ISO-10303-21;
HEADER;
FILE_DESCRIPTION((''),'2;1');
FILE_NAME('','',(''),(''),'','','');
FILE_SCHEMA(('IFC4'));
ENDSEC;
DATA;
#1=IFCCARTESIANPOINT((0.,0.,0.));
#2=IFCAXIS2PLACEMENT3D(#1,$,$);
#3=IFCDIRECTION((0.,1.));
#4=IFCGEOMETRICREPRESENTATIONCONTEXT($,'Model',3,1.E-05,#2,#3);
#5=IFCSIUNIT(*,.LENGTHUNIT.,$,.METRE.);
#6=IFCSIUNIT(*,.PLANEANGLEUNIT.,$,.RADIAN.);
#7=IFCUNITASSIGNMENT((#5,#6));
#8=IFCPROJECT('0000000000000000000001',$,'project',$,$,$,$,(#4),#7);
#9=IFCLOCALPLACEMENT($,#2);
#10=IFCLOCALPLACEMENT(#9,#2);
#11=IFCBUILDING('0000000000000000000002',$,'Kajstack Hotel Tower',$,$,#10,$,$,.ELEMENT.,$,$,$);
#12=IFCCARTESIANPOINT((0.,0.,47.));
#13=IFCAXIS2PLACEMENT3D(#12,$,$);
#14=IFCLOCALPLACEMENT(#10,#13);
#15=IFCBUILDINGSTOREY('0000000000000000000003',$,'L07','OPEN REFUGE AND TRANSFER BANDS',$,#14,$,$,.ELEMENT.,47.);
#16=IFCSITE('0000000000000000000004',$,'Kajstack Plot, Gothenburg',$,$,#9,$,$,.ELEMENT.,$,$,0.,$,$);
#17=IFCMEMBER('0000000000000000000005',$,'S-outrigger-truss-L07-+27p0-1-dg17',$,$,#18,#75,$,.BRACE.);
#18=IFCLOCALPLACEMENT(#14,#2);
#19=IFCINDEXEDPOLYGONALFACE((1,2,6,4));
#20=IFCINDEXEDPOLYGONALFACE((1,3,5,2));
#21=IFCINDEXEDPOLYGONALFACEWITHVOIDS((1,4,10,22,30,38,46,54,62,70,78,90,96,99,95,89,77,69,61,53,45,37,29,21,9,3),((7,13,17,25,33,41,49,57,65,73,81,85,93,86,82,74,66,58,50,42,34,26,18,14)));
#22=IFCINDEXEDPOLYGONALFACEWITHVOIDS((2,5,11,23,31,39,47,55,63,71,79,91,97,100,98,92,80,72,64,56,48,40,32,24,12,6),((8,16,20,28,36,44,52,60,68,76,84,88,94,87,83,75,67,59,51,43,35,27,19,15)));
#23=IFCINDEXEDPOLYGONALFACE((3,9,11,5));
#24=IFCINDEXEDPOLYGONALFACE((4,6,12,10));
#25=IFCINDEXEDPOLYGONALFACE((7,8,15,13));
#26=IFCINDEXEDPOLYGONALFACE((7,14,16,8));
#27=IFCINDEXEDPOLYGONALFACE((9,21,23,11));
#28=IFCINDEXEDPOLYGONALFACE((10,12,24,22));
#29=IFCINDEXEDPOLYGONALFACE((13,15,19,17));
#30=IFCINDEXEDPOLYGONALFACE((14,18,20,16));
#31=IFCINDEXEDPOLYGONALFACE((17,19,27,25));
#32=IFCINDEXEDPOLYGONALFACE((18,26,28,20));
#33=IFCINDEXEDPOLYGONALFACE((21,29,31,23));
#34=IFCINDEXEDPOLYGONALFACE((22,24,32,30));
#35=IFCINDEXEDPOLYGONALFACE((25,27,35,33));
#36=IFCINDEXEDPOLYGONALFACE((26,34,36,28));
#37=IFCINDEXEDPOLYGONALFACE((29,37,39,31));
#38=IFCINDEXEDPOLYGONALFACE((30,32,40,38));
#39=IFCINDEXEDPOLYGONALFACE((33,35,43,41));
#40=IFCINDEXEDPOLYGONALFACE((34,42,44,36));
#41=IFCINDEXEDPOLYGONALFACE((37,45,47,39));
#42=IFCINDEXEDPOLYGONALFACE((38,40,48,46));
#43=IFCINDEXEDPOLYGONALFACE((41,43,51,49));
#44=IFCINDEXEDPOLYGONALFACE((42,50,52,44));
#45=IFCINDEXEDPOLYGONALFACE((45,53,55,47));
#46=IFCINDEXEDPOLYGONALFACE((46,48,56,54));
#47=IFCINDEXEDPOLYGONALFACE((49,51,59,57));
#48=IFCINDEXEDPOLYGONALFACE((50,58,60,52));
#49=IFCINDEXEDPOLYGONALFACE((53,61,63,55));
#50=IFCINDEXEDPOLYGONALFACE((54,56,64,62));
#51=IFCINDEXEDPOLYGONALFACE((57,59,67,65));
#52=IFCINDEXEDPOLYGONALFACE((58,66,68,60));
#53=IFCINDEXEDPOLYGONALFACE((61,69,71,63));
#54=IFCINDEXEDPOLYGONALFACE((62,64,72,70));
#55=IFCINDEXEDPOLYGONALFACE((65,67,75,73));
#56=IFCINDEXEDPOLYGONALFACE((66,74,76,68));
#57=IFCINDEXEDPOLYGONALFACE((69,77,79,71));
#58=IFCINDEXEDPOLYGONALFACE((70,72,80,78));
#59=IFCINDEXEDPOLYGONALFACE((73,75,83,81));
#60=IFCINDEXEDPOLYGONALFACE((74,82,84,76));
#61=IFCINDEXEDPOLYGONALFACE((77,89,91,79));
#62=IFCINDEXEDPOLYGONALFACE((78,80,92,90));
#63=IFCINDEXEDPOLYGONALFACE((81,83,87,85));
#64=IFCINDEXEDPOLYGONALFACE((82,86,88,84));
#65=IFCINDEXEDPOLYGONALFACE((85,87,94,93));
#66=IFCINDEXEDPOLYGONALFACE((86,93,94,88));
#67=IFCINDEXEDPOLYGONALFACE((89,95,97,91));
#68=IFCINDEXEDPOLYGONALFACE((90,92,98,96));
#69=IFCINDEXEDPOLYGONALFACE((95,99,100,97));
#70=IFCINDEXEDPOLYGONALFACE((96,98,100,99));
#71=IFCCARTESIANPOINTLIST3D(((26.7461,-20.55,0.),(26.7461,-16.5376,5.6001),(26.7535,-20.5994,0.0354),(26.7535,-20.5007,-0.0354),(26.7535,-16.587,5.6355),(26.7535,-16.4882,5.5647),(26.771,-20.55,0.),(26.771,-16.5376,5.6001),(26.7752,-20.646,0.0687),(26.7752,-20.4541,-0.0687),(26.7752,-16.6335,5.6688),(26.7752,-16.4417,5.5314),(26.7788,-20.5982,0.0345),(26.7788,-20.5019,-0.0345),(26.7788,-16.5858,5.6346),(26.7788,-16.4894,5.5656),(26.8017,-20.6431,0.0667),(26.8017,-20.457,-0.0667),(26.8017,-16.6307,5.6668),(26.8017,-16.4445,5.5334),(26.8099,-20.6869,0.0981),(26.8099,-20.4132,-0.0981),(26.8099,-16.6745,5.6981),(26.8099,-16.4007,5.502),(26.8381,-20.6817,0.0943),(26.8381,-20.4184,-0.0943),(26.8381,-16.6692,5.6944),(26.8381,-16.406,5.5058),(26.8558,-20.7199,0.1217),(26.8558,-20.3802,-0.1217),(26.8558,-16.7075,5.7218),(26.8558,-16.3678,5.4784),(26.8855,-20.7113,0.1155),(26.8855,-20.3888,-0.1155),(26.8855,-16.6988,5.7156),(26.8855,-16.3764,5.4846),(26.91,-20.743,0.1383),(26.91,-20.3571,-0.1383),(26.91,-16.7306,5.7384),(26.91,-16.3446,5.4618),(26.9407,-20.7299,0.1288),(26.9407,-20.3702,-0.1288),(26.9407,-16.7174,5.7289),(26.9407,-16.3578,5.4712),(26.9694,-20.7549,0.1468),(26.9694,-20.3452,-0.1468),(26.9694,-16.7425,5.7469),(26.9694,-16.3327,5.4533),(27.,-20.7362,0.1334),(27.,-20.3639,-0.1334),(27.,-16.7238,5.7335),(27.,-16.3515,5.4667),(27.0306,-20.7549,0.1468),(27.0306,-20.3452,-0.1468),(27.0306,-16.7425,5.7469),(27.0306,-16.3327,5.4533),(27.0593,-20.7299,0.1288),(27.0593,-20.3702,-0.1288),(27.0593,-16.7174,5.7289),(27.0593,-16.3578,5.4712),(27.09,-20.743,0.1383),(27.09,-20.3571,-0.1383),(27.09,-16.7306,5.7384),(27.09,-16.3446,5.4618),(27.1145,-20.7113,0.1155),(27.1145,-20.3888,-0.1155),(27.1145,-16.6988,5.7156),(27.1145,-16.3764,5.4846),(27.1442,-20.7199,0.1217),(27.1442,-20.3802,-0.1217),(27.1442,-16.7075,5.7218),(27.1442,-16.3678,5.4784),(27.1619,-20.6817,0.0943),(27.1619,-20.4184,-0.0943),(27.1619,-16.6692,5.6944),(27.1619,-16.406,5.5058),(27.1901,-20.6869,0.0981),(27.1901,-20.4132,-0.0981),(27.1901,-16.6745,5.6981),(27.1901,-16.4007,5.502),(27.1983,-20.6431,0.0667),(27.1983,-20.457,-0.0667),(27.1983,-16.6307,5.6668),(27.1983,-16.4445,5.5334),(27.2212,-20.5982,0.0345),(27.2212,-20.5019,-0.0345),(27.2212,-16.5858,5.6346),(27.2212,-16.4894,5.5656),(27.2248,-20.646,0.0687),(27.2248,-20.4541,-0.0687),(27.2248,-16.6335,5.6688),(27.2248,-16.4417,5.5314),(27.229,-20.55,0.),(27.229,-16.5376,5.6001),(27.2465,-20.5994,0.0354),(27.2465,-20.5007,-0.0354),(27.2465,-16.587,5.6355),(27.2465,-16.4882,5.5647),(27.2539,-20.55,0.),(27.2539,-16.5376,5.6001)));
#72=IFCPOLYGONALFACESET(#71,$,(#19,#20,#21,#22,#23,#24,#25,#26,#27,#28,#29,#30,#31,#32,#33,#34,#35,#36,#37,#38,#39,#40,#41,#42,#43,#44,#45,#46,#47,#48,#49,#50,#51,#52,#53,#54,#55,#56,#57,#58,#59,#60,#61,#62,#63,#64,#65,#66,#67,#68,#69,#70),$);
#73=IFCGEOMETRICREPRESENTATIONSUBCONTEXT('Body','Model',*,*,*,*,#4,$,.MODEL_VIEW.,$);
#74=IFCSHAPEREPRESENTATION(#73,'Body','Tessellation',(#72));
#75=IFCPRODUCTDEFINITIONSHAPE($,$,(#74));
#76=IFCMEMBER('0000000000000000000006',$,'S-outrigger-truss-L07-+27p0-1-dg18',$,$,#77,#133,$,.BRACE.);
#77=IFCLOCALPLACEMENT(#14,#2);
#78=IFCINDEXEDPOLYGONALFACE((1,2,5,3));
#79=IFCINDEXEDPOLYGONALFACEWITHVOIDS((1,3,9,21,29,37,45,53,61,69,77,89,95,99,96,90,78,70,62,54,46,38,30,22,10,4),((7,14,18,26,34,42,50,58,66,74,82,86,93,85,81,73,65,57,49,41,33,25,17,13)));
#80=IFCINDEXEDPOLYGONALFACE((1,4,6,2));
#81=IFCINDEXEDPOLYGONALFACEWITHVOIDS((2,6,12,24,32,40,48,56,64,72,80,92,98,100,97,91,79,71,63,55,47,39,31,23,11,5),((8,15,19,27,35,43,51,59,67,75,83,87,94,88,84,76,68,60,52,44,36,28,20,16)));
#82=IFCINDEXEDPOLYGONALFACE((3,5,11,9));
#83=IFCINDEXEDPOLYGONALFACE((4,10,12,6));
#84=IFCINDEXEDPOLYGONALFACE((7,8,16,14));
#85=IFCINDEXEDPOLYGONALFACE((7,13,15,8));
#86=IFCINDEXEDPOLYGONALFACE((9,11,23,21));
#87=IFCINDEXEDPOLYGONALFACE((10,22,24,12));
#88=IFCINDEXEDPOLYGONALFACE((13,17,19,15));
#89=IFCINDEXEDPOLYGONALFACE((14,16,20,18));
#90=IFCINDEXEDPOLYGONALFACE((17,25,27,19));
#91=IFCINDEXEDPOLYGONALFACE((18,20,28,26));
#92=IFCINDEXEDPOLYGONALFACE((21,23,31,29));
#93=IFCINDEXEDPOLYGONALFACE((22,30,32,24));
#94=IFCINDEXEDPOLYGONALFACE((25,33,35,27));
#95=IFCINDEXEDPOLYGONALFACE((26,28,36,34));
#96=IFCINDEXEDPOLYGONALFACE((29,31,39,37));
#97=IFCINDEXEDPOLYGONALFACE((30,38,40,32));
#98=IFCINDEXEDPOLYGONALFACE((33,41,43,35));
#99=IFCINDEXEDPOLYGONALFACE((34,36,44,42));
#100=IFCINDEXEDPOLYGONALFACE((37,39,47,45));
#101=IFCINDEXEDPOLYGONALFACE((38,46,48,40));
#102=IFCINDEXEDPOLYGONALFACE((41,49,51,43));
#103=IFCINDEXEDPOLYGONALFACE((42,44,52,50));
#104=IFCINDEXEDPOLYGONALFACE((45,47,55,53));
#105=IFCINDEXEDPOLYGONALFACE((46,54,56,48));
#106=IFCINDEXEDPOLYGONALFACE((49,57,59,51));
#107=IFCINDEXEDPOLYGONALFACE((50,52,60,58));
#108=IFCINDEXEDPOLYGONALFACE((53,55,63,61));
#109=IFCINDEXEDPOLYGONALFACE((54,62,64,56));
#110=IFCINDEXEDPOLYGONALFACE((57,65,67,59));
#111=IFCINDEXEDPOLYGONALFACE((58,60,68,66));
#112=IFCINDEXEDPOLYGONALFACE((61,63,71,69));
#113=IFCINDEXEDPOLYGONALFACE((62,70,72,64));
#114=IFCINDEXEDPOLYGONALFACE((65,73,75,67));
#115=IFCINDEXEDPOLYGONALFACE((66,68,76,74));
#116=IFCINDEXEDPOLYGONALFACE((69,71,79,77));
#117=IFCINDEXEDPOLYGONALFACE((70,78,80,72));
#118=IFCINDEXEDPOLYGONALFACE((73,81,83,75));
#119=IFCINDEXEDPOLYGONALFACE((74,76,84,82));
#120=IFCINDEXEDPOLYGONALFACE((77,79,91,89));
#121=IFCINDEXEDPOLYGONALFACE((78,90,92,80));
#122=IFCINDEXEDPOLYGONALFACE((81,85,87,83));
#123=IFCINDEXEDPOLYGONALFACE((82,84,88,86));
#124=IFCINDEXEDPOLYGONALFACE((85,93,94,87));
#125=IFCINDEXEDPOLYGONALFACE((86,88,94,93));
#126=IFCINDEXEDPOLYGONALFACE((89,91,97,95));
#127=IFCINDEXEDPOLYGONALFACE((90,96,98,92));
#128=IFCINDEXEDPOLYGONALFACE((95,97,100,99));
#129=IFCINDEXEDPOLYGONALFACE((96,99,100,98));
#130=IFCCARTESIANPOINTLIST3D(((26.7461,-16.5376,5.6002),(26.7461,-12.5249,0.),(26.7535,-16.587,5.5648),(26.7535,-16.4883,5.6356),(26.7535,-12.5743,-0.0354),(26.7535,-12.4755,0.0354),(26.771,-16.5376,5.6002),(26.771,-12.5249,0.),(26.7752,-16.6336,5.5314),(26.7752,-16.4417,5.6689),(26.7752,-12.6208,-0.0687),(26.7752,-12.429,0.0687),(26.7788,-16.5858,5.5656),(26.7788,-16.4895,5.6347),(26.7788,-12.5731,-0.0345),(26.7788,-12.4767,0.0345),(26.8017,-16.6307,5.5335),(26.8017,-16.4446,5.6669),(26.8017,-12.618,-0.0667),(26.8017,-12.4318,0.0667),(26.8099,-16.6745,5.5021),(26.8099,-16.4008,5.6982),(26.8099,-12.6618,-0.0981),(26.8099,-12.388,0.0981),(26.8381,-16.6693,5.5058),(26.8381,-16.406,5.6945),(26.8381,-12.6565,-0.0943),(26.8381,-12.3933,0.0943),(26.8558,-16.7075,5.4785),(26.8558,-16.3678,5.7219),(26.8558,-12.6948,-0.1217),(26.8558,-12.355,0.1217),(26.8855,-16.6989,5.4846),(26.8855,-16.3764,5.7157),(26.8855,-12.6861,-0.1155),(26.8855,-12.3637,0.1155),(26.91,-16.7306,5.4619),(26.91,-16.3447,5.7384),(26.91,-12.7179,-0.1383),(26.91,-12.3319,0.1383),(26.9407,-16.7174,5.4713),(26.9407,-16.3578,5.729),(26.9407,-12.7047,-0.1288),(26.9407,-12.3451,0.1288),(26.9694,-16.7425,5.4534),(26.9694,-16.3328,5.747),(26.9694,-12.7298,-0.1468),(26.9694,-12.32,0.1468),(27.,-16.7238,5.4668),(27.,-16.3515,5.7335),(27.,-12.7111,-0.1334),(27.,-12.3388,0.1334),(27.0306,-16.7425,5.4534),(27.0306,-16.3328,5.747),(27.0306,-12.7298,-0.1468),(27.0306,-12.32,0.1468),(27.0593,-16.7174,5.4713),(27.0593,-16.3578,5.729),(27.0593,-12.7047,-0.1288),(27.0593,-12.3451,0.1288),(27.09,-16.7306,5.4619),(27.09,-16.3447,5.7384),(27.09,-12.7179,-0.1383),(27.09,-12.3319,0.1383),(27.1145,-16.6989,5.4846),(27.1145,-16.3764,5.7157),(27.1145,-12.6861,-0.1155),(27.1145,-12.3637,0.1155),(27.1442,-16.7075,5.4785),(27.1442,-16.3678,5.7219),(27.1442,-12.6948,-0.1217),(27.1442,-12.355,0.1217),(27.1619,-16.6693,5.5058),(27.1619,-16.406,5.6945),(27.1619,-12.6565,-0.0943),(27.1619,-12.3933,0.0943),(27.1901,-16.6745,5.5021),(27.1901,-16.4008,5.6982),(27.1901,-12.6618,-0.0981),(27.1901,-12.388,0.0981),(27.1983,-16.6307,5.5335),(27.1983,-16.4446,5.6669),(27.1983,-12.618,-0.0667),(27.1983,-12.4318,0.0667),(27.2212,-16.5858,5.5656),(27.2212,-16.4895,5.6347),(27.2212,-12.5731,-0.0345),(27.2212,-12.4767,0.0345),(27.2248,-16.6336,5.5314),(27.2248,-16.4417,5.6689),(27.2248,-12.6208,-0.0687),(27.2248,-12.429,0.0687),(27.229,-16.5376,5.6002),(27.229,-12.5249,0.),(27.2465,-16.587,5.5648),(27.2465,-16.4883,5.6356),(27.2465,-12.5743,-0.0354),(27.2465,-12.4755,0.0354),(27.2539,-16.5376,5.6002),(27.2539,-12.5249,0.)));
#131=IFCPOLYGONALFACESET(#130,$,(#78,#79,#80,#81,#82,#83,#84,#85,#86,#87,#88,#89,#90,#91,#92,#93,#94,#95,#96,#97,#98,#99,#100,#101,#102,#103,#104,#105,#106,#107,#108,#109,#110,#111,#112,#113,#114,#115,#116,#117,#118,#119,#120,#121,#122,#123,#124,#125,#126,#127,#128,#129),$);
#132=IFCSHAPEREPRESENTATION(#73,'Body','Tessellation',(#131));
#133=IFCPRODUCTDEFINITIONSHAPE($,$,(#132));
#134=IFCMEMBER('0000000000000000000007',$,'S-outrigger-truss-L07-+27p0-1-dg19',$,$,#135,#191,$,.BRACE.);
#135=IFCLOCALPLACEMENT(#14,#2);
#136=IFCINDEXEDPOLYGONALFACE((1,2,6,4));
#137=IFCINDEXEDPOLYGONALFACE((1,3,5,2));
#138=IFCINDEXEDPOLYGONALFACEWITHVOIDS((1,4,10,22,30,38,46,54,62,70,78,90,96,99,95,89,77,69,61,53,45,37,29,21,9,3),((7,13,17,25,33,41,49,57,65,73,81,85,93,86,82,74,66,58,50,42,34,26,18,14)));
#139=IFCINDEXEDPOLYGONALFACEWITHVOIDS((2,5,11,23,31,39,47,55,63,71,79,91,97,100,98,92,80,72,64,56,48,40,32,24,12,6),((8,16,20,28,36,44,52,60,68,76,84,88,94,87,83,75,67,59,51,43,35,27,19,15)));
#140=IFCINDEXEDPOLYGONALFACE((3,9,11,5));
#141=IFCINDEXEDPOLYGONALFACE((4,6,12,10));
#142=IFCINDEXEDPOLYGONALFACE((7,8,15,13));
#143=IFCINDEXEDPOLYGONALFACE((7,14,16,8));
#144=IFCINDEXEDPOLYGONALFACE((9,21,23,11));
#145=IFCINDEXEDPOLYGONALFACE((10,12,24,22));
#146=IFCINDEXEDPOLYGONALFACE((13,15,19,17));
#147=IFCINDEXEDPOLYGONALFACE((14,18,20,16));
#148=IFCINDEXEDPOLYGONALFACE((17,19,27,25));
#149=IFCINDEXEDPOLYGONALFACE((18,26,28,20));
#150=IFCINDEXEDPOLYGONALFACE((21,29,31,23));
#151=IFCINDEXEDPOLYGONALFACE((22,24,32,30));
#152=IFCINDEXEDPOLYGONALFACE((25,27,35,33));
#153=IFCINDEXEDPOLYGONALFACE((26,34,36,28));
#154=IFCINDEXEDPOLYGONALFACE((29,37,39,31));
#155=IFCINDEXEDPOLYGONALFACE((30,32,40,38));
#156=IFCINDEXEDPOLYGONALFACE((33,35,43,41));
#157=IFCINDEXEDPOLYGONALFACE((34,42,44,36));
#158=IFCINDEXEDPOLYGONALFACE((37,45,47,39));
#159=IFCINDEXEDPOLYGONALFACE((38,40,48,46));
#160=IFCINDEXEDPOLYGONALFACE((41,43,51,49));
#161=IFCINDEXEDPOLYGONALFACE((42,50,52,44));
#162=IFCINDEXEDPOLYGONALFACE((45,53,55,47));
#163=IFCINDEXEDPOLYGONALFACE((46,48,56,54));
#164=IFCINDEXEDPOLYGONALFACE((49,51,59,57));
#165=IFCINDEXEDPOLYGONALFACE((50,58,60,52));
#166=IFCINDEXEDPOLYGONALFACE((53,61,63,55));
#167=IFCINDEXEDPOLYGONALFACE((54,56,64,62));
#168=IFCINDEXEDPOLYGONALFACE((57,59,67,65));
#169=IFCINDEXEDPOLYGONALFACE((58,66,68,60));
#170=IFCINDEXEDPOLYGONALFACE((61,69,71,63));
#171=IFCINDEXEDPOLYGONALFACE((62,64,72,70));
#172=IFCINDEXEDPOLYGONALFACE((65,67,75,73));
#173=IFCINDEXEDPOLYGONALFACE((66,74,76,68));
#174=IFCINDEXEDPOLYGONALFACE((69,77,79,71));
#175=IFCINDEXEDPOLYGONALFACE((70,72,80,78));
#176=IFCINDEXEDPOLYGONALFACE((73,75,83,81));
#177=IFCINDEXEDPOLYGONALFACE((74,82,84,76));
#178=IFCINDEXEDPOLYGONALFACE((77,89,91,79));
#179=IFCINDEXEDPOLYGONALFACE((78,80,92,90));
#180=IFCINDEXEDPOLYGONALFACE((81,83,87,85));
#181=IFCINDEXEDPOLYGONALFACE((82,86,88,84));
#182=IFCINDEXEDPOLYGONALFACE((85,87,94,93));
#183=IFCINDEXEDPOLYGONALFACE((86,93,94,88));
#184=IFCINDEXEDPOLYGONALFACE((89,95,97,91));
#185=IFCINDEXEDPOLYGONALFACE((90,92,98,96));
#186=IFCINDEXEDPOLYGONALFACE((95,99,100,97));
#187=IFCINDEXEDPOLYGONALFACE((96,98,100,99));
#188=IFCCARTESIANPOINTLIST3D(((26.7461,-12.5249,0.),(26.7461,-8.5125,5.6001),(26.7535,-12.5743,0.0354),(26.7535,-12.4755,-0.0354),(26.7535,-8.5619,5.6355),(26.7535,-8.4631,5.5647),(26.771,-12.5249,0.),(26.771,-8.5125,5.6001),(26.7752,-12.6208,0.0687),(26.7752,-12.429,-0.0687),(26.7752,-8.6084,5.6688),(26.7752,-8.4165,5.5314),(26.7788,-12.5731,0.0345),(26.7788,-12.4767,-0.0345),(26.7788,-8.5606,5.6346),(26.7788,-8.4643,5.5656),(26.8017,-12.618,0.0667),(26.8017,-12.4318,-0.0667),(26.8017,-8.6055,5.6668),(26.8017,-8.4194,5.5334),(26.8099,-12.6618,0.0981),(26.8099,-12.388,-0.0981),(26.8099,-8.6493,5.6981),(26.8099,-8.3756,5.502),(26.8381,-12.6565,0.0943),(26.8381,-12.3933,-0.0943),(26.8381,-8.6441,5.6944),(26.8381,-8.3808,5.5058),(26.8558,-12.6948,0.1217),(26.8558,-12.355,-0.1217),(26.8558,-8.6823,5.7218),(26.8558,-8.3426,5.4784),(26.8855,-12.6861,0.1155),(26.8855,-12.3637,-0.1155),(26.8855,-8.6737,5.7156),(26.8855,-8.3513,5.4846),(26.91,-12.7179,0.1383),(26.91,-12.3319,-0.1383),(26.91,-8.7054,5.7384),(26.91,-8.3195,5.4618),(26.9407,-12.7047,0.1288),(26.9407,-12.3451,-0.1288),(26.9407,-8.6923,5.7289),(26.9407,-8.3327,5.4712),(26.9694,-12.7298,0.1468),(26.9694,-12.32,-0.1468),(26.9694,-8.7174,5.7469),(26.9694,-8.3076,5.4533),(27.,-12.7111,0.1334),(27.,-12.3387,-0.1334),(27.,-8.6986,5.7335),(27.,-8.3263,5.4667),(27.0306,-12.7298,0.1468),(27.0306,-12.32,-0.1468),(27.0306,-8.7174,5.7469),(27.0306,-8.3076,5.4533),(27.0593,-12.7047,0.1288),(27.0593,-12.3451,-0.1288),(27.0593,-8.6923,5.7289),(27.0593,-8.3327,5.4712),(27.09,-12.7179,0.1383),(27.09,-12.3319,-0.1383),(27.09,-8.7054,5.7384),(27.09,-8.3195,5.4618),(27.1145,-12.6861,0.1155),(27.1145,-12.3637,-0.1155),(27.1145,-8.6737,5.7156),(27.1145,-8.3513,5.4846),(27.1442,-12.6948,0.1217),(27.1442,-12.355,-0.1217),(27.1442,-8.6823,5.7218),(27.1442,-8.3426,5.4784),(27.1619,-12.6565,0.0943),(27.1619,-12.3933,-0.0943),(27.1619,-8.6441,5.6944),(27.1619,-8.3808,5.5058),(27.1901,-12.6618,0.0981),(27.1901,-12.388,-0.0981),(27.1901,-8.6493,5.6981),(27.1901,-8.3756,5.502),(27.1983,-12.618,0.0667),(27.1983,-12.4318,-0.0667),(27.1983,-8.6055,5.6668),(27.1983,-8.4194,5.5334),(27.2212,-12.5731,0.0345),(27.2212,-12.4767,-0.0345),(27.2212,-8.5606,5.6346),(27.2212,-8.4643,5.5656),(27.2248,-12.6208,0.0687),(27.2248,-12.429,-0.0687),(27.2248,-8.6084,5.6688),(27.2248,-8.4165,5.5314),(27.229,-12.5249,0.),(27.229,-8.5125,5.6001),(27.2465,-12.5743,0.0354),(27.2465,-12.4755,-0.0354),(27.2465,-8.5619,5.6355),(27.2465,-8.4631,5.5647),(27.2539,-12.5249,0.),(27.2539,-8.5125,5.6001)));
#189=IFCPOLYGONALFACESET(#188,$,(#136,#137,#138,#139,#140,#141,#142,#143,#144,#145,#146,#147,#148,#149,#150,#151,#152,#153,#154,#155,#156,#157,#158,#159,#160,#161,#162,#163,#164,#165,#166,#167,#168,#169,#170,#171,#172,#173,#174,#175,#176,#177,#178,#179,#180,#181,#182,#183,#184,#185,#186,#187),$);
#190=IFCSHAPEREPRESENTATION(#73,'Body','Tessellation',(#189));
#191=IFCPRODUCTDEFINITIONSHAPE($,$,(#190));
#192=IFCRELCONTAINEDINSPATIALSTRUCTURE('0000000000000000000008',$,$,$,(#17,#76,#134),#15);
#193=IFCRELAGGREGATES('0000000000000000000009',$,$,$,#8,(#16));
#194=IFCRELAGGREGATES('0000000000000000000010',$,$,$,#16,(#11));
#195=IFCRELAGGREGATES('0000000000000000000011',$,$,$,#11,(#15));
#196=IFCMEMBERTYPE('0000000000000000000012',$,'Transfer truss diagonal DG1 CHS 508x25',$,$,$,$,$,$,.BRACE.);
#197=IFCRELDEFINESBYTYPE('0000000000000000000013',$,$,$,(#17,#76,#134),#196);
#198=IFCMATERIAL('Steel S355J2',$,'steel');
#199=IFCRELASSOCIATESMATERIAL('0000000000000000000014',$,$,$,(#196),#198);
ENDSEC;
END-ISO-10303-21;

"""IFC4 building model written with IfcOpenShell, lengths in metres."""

from ifc_helpers import new_model, si_unit, direction, frame, origin, origin_2d, place, context, subcontext, project, spatial, hollow_circle, extrude, material, material_profile, profile_set, type_object, element, save


model = new_model("IFC4")

# Units and contexts
model_context = context("Model", 3, precision=1e-05, world=origin(), true_north=direction((0.0, 1.0)))
body_context = subcontext(model_context, "Body", "Model", "MODEL_VIEW")
ifc_project = project(units=[si_unit("LENGTHUNIT", "METRE"), si_unit("PLANEANGLEUNIT", "RADIAN")], contexts=[model_context])

# Site, building, storey
site_placement = place(None, origin())
site = spatial("IfcSite", under=ifc_project, at=site_placement, Name="Kajstack Plot, Gothenburg", CompositionType="ELEMENT", RefElevation=0.0)
building_placement = place(site_placement, origin())
building = spatial("IfcBuilding", under=site, at=building_placement, Name="Kajstack Hotel Tower", CompositionType="ELEMENT")
storey_placement = place(building_placement, frame((0.0, 0.0, 47.0)))
storey = spatial("IfcBuildingStorey", under=building, at=storey_placement, Name="L07", Description="OPEN REFUGE AND TRANSFER BANDS", CompositionType="ELEMENT", Elevation=47.0)

# Members
ifc_material_1 = material(Name="Steel S355J2", Category="steel")
ifc_material_profile_1 = material_profile(ifc_material_1, hollow_circle(Radius=0.2539, WallThickness=0.0249, at=origin_2d()), Name="CHS 508x25")
ifc_profile_set_1 = profile_set([ifc_material_profile_1], Name="Steel S355J2")
member_type_1 = type_object("IfcMemberType", Name="Transfer truss diagonal DG1 CHS 508x25", PredefinedType="BRACE", material=ifc_profile_set_1)
member_1_placement = place(storey_placement, frame((27.0, -20.55, 0.0), z_axis=(0.0, 0.582428, 0.812883), x_axis=(-1.0, 0.0, 0.0)))
element("IfcMember", 1, at=member_1_placement, inside=storey, type_object=member_type_1, Name="S-outrigger-truss-L07-+27p0-1-dg17", PredefinedType="BRACE", context=body_context, shape_type="SweptSolid", body=[
    extrude(hollow_circle(Radius=0.2539, WallThickness=0.0249, at=origin_2d()), origin(), (0.0, 0.0, 1.0), 6.8892),
])
member_2_placement = place(storey_placement, frame((27.0, -12.5249, 0.0), z_axis=(0.0, -0.582451, 0.812866), x_axis=(1.0, 0.0, 0.0)))
element("IfcMember", 2, at=member_2_placement, inside=storey, type_object=member_type_1, Name="S-outrigger-truss-L07-+27p0-1-dg18", PredefinedType="BRACE", context=body_context, shape_type="SweptSolid", body=[
    extrude(hollow_circle(Radius=0.2539, WallThickness=0.0249, at=origin_2d()), origin(), (0.0, 0.0, 1.0), 6.8894),
])
member_3_placement = place(storey_placement, frame((27.0, -12.5249, 0.0), z_axis=(0.0, 0.582428, 0.812883), x_axis=(-1.0, 0.0, 0.0)))
element("IfcMember", 3, at=member_3_placement, inside=storey, type_object=member_type_1, Name="S-outrigger-truss-L07-+27p0-1-dg19", PredefinedType="BRACE", context=body_context, shape_type="SweptSolid", body=[
    extrude(hollow_circle(Radius=0.2539, WallThickness=0.0249, at=origin_2d()), origin(), (0.0, 0.0, 1.0), 6.8892),
])

save(model, "model.ifc")
